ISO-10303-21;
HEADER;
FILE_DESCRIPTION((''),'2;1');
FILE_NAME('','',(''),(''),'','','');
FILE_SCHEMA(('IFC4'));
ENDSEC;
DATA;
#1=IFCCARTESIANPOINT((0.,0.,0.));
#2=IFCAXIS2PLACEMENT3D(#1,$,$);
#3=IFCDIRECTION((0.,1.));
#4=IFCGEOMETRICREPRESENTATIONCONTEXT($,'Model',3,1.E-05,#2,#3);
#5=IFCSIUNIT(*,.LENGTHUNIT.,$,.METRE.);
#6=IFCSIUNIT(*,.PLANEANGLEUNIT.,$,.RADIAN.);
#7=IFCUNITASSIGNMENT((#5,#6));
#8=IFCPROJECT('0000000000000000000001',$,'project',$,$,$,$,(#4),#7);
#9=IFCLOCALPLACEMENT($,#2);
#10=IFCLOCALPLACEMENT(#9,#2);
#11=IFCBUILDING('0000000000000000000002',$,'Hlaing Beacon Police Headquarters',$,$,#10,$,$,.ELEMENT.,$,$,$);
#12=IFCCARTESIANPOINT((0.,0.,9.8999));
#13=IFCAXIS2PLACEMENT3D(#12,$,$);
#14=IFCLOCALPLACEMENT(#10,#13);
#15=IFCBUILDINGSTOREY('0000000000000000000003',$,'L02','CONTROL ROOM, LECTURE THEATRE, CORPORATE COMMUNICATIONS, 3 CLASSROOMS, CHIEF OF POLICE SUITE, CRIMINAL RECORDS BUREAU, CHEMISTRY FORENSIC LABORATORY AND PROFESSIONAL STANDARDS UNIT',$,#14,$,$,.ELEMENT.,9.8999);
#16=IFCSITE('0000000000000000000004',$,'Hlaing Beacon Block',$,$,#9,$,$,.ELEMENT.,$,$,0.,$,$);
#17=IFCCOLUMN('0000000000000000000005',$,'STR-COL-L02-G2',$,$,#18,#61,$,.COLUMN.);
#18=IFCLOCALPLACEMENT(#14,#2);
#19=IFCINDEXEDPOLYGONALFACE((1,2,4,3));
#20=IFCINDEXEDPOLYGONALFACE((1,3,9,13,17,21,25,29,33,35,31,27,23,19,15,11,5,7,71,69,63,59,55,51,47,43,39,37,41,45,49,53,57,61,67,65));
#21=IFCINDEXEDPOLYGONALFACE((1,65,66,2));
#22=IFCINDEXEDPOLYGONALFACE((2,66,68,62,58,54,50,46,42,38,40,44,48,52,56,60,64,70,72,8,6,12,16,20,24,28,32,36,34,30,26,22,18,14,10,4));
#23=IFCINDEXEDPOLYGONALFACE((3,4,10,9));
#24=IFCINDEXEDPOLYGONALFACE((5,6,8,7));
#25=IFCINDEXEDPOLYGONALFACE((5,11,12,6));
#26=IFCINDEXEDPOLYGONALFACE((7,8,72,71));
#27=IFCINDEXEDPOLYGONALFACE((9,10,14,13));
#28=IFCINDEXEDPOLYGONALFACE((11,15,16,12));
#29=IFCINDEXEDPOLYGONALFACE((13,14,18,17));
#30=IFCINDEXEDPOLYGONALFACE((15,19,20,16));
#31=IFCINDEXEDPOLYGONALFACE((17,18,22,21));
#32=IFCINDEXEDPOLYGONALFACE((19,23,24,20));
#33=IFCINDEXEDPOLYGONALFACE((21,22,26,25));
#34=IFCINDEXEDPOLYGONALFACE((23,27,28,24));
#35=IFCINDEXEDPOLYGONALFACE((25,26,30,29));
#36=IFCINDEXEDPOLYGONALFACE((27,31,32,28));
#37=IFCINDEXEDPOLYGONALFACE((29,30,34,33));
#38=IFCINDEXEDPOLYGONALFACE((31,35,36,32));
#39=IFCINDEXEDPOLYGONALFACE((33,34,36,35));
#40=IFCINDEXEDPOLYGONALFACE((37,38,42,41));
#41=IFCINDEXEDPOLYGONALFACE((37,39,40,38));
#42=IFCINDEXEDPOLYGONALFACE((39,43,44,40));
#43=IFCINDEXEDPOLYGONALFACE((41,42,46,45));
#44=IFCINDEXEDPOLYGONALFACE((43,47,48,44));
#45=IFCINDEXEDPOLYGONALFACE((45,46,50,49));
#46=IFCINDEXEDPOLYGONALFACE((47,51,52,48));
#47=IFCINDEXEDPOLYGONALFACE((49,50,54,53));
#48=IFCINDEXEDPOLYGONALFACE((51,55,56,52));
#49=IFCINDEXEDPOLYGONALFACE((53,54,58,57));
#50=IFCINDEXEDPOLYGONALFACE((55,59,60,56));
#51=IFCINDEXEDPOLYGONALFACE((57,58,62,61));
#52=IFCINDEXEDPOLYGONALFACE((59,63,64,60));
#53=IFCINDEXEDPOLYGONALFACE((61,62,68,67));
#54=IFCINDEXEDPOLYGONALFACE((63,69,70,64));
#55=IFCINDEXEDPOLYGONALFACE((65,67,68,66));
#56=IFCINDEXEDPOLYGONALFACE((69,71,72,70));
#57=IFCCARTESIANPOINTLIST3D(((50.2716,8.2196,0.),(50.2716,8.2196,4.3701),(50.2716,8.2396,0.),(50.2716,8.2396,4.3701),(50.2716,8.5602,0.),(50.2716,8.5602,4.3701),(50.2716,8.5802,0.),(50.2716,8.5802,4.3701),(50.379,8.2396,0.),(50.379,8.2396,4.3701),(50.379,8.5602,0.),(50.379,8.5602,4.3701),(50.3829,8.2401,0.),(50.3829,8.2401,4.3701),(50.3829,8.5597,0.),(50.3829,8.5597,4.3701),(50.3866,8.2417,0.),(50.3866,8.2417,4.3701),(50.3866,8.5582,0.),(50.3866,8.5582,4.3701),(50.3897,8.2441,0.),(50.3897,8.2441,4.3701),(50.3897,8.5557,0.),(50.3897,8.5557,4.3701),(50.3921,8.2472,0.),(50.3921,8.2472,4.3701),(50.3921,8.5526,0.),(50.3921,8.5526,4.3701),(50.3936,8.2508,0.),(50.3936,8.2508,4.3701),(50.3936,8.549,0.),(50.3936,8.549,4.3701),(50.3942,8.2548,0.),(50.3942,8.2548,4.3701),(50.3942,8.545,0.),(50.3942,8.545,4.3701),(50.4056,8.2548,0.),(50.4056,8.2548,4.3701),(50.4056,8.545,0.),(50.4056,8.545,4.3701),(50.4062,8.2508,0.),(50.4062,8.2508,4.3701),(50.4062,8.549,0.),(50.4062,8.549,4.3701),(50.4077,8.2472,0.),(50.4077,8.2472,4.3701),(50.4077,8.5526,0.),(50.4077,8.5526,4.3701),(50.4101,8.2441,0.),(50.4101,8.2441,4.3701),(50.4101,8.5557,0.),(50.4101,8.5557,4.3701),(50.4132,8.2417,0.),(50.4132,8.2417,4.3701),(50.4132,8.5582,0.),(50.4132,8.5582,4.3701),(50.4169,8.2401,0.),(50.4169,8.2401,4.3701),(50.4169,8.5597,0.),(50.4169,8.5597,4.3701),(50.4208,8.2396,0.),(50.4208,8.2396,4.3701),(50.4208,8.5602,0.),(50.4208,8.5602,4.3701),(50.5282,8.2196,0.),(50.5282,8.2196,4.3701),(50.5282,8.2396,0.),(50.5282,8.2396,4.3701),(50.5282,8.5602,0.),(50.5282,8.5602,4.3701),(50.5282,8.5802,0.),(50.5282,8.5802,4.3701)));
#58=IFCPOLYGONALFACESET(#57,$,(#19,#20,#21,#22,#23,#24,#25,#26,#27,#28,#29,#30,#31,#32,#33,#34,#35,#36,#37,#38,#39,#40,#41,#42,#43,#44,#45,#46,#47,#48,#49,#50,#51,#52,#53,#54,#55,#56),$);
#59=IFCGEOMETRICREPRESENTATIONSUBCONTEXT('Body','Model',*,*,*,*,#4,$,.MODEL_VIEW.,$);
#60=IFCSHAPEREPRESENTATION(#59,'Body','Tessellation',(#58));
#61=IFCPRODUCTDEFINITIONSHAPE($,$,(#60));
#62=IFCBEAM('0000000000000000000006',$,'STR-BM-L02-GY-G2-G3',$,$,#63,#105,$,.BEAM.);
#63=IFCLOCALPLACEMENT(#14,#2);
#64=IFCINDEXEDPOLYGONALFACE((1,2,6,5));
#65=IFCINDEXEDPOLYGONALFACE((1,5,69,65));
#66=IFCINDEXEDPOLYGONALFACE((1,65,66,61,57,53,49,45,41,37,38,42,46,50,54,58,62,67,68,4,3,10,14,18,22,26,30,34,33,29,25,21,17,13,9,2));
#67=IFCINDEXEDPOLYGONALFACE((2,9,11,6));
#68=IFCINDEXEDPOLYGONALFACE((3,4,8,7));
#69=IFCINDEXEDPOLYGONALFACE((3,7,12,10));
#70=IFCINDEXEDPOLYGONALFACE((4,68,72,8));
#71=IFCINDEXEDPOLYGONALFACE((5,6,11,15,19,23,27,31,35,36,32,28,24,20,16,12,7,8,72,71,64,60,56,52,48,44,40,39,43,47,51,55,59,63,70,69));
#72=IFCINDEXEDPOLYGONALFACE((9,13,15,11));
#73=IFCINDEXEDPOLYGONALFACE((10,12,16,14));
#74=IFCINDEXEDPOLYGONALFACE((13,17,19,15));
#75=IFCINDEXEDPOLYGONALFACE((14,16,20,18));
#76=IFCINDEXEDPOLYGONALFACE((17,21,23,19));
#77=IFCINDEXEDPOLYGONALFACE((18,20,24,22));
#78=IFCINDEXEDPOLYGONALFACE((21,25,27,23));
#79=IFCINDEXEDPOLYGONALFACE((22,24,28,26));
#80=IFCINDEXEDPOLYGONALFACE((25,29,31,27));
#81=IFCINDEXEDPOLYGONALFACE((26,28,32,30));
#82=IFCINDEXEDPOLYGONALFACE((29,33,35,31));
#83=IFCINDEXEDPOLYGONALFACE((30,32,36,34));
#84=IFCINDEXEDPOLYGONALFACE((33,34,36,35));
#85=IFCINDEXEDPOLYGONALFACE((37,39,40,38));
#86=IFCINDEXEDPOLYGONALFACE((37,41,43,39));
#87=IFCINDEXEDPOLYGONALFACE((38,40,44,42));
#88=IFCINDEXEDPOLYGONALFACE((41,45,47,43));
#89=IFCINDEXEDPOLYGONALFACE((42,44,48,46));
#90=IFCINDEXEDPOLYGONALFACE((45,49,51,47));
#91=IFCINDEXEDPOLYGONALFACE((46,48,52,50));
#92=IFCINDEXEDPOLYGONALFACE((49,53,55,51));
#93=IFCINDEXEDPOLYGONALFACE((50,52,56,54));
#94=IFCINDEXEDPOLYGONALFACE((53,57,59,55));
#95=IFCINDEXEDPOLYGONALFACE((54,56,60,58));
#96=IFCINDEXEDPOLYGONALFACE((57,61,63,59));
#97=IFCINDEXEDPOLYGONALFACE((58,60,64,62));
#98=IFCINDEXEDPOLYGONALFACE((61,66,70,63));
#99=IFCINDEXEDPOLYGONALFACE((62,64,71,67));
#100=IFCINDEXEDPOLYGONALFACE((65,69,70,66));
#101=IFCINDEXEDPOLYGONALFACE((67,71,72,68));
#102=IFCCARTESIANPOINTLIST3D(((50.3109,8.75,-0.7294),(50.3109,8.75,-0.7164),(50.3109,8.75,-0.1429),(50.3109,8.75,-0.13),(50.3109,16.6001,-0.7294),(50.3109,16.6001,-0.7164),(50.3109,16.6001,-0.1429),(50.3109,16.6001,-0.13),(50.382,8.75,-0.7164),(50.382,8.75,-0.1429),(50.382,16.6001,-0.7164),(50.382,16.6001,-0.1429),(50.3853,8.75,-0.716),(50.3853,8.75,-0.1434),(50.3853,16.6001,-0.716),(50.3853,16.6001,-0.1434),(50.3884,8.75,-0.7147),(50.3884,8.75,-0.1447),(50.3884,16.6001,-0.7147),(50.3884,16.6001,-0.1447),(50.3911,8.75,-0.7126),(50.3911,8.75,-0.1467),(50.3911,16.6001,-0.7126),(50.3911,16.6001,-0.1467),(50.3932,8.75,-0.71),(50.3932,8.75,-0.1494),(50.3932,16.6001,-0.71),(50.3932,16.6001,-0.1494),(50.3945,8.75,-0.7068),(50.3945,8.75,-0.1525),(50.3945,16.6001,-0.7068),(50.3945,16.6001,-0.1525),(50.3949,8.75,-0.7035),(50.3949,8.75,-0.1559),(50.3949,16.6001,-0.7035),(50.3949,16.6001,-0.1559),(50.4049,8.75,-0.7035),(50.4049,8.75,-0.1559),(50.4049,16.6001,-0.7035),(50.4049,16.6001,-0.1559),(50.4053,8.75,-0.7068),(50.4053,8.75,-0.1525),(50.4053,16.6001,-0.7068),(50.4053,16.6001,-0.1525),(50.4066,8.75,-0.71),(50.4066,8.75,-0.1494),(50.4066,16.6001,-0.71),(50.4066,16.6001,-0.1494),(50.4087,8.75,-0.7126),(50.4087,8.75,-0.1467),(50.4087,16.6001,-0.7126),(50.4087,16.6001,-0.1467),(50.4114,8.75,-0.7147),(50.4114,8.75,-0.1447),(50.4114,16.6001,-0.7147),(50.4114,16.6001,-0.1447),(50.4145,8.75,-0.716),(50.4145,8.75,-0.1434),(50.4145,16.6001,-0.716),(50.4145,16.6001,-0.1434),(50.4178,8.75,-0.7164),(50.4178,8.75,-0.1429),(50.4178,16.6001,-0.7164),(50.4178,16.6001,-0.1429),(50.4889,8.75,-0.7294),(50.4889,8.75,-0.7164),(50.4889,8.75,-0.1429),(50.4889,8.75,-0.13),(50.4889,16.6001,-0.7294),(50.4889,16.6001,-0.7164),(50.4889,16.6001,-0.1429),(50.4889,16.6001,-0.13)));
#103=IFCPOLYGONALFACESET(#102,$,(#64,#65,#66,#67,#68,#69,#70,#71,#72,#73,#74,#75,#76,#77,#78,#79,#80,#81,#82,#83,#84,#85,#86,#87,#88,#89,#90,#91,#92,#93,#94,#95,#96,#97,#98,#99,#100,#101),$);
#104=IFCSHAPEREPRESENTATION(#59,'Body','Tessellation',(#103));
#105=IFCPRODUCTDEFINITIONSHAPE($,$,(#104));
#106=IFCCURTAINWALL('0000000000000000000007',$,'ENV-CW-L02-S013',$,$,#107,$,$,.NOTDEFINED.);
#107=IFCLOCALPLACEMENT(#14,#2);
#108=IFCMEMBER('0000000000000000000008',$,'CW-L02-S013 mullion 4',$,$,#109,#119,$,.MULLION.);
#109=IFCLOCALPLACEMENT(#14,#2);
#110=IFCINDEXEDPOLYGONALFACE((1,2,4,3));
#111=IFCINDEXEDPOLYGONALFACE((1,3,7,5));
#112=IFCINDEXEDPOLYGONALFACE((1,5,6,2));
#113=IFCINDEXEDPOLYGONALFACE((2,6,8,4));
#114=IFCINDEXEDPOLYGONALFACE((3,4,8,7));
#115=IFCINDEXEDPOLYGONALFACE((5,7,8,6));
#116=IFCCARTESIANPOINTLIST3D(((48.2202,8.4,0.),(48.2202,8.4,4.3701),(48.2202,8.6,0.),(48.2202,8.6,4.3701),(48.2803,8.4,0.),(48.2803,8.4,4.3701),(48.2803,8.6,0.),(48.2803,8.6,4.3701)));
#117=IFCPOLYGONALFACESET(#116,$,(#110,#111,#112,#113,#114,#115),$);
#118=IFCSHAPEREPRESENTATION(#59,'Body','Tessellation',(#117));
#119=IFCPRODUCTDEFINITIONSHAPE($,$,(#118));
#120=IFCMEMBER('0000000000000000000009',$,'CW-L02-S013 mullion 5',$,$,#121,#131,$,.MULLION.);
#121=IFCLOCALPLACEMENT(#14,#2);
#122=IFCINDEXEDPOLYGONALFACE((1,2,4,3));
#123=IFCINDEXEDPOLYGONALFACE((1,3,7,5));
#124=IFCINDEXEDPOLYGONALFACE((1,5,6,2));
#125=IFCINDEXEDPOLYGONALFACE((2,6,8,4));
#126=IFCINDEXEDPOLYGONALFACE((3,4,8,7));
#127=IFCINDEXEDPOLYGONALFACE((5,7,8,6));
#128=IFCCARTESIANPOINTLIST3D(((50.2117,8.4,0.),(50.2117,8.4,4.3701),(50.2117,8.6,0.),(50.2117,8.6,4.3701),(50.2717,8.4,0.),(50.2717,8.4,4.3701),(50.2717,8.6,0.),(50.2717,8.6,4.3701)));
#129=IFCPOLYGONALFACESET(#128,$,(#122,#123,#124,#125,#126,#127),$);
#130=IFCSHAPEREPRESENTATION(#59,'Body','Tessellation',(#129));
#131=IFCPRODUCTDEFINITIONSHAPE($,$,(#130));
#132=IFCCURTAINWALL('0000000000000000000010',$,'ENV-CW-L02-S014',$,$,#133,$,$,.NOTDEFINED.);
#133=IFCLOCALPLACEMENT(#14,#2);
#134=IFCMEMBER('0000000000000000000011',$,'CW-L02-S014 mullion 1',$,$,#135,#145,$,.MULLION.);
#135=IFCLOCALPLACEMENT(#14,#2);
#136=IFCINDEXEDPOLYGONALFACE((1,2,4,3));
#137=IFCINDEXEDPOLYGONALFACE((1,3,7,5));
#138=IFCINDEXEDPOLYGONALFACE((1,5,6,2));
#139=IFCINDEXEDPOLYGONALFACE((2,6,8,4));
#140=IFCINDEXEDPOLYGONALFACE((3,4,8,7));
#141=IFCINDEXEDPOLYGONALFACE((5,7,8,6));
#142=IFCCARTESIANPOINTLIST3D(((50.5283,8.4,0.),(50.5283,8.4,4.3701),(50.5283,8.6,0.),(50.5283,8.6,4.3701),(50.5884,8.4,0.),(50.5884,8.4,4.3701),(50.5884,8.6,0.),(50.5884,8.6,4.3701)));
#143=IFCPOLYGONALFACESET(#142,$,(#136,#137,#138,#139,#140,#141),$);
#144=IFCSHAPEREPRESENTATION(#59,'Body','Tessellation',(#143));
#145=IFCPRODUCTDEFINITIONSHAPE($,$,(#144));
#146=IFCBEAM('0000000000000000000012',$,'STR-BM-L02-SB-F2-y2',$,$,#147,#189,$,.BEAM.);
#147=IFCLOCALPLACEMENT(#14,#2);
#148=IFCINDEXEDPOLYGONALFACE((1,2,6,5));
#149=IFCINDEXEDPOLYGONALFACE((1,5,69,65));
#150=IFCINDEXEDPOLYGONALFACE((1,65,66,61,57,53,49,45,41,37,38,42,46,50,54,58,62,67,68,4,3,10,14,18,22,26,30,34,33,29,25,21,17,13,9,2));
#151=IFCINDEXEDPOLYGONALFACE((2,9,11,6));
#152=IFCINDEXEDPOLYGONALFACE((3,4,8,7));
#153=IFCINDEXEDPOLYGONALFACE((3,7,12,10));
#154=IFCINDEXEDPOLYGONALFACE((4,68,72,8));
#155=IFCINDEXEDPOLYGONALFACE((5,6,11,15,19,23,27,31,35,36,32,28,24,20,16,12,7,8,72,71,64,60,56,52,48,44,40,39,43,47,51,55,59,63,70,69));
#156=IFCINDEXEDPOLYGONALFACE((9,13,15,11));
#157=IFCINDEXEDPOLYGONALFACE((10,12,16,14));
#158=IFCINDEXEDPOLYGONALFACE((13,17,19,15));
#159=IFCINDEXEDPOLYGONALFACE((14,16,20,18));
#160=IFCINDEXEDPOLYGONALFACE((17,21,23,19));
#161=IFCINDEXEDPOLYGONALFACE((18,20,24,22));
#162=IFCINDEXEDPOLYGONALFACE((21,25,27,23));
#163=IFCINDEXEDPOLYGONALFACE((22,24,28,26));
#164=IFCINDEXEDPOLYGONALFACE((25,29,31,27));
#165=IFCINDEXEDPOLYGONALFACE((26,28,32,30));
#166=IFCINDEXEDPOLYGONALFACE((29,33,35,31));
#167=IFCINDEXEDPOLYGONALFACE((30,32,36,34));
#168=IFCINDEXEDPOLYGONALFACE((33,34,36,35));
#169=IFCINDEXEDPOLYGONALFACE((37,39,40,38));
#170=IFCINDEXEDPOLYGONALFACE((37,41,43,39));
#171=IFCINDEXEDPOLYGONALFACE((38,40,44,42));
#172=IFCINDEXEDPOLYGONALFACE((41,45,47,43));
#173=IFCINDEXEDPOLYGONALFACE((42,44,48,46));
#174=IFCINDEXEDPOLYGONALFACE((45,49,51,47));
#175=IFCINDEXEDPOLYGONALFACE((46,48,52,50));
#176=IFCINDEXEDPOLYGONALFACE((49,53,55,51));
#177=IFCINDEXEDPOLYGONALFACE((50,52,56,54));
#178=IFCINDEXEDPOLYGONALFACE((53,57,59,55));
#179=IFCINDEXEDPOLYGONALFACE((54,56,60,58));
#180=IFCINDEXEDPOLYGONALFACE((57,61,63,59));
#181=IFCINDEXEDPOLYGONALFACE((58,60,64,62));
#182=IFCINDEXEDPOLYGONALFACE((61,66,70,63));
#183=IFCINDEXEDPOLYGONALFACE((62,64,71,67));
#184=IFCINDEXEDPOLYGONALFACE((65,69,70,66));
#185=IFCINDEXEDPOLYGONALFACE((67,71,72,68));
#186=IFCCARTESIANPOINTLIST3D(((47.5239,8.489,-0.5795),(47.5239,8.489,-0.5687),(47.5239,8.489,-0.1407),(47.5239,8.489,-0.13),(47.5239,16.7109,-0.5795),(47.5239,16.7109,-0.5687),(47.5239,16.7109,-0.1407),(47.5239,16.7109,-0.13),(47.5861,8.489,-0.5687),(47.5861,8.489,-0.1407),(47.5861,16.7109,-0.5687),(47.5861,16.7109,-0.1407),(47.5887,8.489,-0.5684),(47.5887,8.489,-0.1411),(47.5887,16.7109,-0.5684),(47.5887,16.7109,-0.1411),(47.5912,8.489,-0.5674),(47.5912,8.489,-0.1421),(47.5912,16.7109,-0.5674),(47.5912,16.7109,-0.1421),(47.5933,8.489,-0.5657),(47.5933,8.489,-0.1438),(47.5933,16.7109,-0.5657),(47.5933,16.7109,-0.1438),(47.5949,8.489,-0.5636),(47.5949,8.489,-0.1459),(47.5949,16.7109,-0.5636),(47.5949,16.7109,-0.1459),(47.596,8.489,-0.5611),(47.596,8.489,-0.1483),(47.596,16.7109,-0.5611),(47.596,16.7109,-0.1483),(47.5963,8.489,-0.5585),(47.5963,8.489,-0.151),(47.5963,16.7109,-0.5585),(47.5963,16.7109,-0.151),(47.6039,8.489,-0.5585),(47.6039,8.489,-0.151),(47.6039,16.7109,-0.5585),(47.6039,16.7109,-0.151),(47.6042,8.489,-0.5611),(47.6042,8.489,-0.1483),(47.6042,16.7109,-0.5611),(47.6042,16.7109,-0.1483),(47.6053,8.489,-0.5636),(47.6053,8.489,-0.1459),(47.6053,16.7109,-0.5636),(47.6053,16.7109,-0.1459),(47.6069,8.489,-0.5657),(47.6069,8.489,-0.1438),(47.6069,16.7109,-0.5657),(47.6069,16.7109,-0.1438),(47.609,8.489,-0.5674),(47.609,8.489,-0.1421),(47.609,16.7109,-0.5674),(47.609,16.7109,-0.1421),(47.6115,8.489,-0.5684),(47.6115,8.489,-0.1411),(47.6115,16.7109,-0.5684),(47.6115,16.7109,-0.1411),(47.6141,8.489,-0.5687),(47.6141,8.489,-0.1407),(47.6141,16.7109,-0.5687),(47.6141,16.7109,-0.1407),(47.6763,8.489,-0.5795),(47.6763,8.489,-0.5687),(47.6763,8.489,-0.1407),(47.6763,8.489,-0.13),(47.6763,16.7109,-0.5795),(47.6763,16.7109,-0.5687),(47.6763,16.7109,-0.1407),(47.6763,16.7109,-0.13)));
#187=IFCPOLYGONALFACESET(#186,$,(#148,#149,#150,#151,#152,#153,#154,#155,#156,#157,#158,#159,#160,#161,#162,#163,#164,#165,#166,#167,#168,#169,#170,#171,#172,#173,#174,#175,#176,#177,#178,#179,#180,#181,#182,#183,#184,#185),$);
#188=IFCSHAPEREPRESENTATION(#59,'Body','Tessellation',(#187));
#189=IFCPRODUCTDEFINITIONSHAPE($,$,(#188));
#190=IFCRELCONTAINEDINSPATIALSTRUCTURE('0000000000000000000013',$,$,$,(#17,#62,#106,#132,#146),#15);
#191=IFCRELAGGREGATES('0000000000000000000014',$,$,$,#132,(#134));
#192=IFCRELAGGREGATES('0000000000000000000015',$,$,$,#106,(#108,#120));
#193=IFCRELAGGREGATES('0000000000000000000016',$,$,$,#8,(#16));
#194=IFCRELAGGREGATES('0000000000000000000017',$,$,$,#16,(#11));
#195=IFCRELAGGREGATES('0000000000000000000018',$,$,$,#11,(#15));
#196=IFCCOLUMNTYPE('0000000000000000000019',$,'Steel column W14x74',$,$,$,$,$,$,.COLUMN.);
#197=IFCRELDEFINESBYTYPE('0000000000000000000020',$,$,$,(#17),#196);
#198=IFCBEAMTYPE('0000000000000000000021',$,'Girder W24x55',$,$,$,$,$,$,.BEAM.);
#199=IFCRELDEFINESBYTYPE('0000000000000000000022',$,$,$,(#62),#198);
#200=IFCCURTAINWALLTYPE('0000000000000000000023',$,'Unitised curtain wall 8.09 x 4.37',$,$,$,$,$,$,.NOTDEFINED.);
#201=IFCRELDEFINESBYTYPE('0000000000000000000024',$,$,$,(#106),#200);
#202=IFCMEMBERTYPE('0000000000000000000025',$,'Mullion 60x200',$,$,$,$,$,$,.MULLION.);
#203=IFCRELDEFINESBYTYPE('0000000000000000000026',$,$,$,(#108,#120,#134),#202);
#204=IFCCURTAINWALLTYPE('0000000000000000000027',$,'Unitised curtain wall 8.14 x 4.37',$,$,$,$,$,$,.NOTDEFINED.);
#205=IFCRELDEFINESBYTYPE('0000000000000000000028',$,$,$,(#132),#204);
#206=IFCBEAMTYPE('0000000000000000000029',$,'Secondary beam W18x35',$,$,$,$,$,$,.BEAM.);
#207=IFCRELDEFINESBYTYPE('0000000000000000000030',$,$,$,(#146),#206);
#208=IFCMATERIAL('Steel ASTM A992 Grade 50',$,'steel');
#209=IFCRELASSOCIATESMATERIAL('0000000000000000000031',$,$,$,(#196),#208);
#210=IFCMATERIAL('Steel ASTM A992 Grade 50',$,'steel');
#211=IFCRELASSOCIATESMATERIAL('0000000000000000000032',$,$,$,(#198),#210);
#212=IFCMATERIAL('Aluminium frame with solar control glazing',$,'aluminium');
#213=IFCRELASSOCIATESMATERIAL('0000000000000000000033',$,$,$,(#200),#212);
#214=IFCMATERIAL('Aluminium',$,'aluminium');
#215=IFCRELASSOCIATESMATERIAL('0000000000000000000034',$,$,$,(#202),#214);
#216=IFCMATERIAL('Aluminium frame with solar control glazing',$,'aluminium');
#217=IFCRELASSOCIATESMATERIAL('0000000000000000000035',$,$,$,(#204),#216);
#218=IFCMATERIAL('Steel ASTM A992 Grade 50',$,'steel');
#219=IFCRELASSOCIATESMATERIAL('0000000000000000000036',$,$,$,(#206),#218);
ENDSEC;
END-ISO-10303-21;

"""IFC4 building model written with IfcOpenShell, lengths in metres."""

from ifc_helpers import new_model, si_unit, direction, frame, origin, origin_2d, place, context, subcontext, project, spatial, rectangle, i_section, extrude, material, material_profile, profile_set, type_object, element, aggregate, save


model = new_model("IFC4")

# Units and contexts
model_context = context("Model", 3, precision=1e-05, world=origin(), true_north=direction((0.0, 1.0)))
body_context = subcontext(model_context, "Body", "Model", "MODEL_VIEW")
ifc_project = project(units=[si_unit("LENGTHUNIT", "METRE"), si_unit("PLANEANGLEUNIT", "RADIAN")], contexts=[model_context])

# Site, building, storey
site_placement = place(None, origin())
site = spatial("IfcSite", under=ifc_project, at=site_placement, Name="Hlaing Beacon Block", CompositionType="ELEMENT", RefElevation=0.0)
building_placement = place(site_placement, origin())
building = spatial("IfcBuilding", under=site, at=building_placement, Name="Hlaing Beacon Police Headquarters", CompositionType="ELEMENT")
storey_placement = place(building_placement, frame((0.0, 0.0, 9.8999)))
storey = spatial("IfcBuildingStorey", under=building, at=storey_placement, Name="L02", Description="CONTROL ROOM, LECTURE THEATRE, CORPORATE COMMUNICATIONS, 3 CLASSROOMS, CHIEF OF POLICE SUITE, CRIMINAL RECORDS BUREAU, CHEMISTRY FORENSIC LABORATORY AND PROFESSIONAL STANDARDS UNIT", CompositionType="ELEMENT", Elevation=9.8999)

# Column
ifc_material_1 = material(Name="Steel ASTM A992 Grade 50", Category="steel")
ifc_material_profile_1 = material_profile(ifc_material_1, i_section(OverallWidth=0.2566, OverallDepth=0.3606, WebThickness=0.0115, FlangeThickness=0.02, FilletRadius=0.0151, at=origin_2d()), Name="W14x74")
ifc_profile_set_1 = profile_set([ifc_material_profile_1], Name="Steel ASTM A992 Grade 50")
column_type = type_object("IfcColumnType", Name="Steel column W14x74", PredefinedType="COLUMN", material=ifc_profile_set_1)
column_placement = place(storey_placement, frame((50.3999, 8.3999, 0.0), z_axis=(0.0, 0.0, 1.0), x_axis=(1.0, 0.0, 0.0)))
element("IfcColumn", 1, at=column_placement, inside=storey, type_object=column_type, Name="STR-COL-L02-G2", PredefinedType="COLUMN", context=body_context, shape_type="SweptSolid", body=[
    extrude(i_section(OverallWidth=0.2566, OverallDepth=0.3606, WebThickness=0.0115, FlangeThickness=0.02, FilletRadius=0.0151, at=origin_2d()), origin(), (0.0, 0.0, 1.0), 4.3701),
])

# Beam
ifc_material_2 = material(Name="Steel ASTM A992 Grade 50", Category="steel")
ifc_material_profile_2 = material_profile(ifc_material_2, i_section(OverallWidth=0.178, OverallDepth=0.5994, WebThickness=0.01, FlangeThickness=0.0129, FilletRadius=0.0129, at=origin_2d()), Name="W24x55")
ifc_profile_set_2 = profile_set([ifc_material_profile_2], Name="Steel ASTM A992 Grade 50")
beam_type_1 = type_object("IfcBeamType", Name="Girder W24x55", PredefinedType="BEAM", material=ifc_profile_set_2)
beam_1_placement = place(storey_placement, frame((50.3999, 8.75, -0.4297), z_axis=(0.0, 1.0, 0.0), x_axis=(-1.0, 0.0, 0.0)))
element("IfcBeam", 2, at=beam_1_placement, inside=storey, type_object=beam_type_1, Name="STR-BM-L02-GY-G2-G3", PredefinedType="BEAM", context=body_context, shape_type="SweptSolid", body=[
    extrude(i_section(OverallWidth=0.178, OverallDepth=0.5994, WebThickness=0.01, FlangeThickness=0.0129, FilletRadius=0.0129, at=origin_2d()), origin(), (0.0, 0.0, 1.0), 7.8501),
])

# Curtain wall, members
ifc_material_3 = material(Name="Aluminium frame with solar control glazing", Category="aluminium")
curtain_wall_type_1 = type_object("IfcCurtainWallType", Name="Unitised curtain wall 8.09 x 4.37", PredefinedType="NOTDEFINED", material=ifc_material_3)
curtain_wall_1_placement = place(storey_placement, origin())
curtain_wall_1 = element("IfcCurtainWall", 3, at=curtain_wall_1_placement, inside=storey, type_object=curtain_wall_type_1, Name="ENV-CW-L02-S013", PredefinedType="NOTDEFINED")
ifc_material_4 = material(Name="Aluminium", Category="aluminium")
ifc_material_profile_3 = material_profile(ifc_material_4, rectangle(XDim=0.2, YDim=0.0601, at=origin_2d()), Name="Mullion 60x200")
ifc_profile_set_3 = profile_set([ifc_material_profile_3], Name="Aluminium")
member_type_1 = type_object("IfcMemberType", Name="Mullion 60x200", PredefinedType="MULLION", material=ifc_profile_set_3)
member_1_placement = place(storey_placement, frame((48.2502, 8.5, 0.0), z_axis=(0.0, 0.0, 1.0), x_axis=(0.0, 1.0, 0.0)))
member_1 = element("IfcMember", 4, at=member_1_placement, type_object=member_type_1, Name="CW-L02-S013 mullion 4", PredefinedType="MULLION", context=body_context, shape_type="SweptSolid", body=[
    extrude(rectangle(XDim=0.2, YDim=0.0601, at=origin_2d()), origin(), (0.0, 0.0, 1.0), 4.3701),
])
member_2_placement = place(storey_placement, frame((50.2417, 8.5, 0.0), z_axis=(0.0, 0.0, 1.0), x_axis=(0.0, 1.0, 0.0)))
member_2 = element("IfcMember", 5, at=member_2_placement, type_object=member_type_1, Name="CW-L02-S013 mullion 5", PredefinedType="MULLION", context=body_context, shape_type="SweptSolid", body=[
    extrude(rectangle(XDim=0.2, YDim=0.0601, at=origin_2d()), origin(), (0.0, 0.0, 1.0), 4.3701),
])

# Curtain wall, member
ifc_material_5 = material(Name="Aluminium frame with solar control glazing", Category="aluminium")
curtain_wall_type_2 = type_object("IfcCurtainWallType", Name="Unitised curtain wall 8.14 x 4.37", PredefinedType="NOTDEFINED", material=ifc_material_5)
curtain_wall_2_placement = place(storey_placement, origin())
curtain_wall_2 = element("IfcCurtainWall", 6, at=curtain_wall_2_placement, inside=storey, type_object=curtain_wall_type_2, Name="ENV-CW-L02-S014", PredefinedType="NOTDEFINED")
member_3_placement = place(storey_placement, frame((50.5583, 8.5, 0.0), z_axis=(0.0, 0.0, 1.0), x_axis=(0.0, 1.0, 0.0)))
member_3 = element("IfcMember", 7, at=member_3_placement, type_object=member_type_1, Name="CW-L02-S014 mullion 1", PredefinedType="MULLION", context=body_context, shape_type="SweptSolid", body=[
    extrude(rectangle(XDim=0.2, YDim=0.0601, at=origin_2d()), origin(), (0.0, 0.0, 1.0), 4.3701),
])

# Beam
ifc_material_6 = material(Name="Steel ASTM A992 Grade 50", Category="steel")
ifc_material_profile_4 = material_profile(ifc_material_6, i_section(OverallWidth=0.1523, OverallDepth=0.4495, WebThickness=0.0076, FlangeThickness=0.0107, FilletRadius=0.0103, at=origin_2d()), Name="W18x35")
ifc_profile_set_4 = profile_set([ifc_material_profile_4], Name="Steel ASTM A992 Grade 50")
beam_type_2 = type_object("IfcBeamType", Name="Secondary beam W18x35", PredefinedType="BEAM", material=ifc_profile_set_4)
beam_2_placement = place(storey_placement, frame((47.6001, 8.489, -0.3547), z_axis=(0.0, 1.0, 0.0), x_axis=(-1.0, 0.0, 0.0)))
element("IfcBeam", 8, at=beam_2_placement, inside=storey, type_object=beam_type_2, Name="STR-BM-L02-SB-F2-y2", PredefinedType="BEAM", context=body_context, shape_type="SweptSolid", body=[
    extrude(i_section(OverallWidth=0.1523, OverallDepth=0.4495, WebThickness=0.0076, FlangeThickness=0.0107, FilletRadius=0.0103, at=origin_2d()), origin(), (0.0, 0.0, 1.0), 8.2219),
])

aggregate(curtain_wall_2, [member_3])

aggregate(curtain_wall_1, [member_1, member_2])

save(model, "model.ifc")
